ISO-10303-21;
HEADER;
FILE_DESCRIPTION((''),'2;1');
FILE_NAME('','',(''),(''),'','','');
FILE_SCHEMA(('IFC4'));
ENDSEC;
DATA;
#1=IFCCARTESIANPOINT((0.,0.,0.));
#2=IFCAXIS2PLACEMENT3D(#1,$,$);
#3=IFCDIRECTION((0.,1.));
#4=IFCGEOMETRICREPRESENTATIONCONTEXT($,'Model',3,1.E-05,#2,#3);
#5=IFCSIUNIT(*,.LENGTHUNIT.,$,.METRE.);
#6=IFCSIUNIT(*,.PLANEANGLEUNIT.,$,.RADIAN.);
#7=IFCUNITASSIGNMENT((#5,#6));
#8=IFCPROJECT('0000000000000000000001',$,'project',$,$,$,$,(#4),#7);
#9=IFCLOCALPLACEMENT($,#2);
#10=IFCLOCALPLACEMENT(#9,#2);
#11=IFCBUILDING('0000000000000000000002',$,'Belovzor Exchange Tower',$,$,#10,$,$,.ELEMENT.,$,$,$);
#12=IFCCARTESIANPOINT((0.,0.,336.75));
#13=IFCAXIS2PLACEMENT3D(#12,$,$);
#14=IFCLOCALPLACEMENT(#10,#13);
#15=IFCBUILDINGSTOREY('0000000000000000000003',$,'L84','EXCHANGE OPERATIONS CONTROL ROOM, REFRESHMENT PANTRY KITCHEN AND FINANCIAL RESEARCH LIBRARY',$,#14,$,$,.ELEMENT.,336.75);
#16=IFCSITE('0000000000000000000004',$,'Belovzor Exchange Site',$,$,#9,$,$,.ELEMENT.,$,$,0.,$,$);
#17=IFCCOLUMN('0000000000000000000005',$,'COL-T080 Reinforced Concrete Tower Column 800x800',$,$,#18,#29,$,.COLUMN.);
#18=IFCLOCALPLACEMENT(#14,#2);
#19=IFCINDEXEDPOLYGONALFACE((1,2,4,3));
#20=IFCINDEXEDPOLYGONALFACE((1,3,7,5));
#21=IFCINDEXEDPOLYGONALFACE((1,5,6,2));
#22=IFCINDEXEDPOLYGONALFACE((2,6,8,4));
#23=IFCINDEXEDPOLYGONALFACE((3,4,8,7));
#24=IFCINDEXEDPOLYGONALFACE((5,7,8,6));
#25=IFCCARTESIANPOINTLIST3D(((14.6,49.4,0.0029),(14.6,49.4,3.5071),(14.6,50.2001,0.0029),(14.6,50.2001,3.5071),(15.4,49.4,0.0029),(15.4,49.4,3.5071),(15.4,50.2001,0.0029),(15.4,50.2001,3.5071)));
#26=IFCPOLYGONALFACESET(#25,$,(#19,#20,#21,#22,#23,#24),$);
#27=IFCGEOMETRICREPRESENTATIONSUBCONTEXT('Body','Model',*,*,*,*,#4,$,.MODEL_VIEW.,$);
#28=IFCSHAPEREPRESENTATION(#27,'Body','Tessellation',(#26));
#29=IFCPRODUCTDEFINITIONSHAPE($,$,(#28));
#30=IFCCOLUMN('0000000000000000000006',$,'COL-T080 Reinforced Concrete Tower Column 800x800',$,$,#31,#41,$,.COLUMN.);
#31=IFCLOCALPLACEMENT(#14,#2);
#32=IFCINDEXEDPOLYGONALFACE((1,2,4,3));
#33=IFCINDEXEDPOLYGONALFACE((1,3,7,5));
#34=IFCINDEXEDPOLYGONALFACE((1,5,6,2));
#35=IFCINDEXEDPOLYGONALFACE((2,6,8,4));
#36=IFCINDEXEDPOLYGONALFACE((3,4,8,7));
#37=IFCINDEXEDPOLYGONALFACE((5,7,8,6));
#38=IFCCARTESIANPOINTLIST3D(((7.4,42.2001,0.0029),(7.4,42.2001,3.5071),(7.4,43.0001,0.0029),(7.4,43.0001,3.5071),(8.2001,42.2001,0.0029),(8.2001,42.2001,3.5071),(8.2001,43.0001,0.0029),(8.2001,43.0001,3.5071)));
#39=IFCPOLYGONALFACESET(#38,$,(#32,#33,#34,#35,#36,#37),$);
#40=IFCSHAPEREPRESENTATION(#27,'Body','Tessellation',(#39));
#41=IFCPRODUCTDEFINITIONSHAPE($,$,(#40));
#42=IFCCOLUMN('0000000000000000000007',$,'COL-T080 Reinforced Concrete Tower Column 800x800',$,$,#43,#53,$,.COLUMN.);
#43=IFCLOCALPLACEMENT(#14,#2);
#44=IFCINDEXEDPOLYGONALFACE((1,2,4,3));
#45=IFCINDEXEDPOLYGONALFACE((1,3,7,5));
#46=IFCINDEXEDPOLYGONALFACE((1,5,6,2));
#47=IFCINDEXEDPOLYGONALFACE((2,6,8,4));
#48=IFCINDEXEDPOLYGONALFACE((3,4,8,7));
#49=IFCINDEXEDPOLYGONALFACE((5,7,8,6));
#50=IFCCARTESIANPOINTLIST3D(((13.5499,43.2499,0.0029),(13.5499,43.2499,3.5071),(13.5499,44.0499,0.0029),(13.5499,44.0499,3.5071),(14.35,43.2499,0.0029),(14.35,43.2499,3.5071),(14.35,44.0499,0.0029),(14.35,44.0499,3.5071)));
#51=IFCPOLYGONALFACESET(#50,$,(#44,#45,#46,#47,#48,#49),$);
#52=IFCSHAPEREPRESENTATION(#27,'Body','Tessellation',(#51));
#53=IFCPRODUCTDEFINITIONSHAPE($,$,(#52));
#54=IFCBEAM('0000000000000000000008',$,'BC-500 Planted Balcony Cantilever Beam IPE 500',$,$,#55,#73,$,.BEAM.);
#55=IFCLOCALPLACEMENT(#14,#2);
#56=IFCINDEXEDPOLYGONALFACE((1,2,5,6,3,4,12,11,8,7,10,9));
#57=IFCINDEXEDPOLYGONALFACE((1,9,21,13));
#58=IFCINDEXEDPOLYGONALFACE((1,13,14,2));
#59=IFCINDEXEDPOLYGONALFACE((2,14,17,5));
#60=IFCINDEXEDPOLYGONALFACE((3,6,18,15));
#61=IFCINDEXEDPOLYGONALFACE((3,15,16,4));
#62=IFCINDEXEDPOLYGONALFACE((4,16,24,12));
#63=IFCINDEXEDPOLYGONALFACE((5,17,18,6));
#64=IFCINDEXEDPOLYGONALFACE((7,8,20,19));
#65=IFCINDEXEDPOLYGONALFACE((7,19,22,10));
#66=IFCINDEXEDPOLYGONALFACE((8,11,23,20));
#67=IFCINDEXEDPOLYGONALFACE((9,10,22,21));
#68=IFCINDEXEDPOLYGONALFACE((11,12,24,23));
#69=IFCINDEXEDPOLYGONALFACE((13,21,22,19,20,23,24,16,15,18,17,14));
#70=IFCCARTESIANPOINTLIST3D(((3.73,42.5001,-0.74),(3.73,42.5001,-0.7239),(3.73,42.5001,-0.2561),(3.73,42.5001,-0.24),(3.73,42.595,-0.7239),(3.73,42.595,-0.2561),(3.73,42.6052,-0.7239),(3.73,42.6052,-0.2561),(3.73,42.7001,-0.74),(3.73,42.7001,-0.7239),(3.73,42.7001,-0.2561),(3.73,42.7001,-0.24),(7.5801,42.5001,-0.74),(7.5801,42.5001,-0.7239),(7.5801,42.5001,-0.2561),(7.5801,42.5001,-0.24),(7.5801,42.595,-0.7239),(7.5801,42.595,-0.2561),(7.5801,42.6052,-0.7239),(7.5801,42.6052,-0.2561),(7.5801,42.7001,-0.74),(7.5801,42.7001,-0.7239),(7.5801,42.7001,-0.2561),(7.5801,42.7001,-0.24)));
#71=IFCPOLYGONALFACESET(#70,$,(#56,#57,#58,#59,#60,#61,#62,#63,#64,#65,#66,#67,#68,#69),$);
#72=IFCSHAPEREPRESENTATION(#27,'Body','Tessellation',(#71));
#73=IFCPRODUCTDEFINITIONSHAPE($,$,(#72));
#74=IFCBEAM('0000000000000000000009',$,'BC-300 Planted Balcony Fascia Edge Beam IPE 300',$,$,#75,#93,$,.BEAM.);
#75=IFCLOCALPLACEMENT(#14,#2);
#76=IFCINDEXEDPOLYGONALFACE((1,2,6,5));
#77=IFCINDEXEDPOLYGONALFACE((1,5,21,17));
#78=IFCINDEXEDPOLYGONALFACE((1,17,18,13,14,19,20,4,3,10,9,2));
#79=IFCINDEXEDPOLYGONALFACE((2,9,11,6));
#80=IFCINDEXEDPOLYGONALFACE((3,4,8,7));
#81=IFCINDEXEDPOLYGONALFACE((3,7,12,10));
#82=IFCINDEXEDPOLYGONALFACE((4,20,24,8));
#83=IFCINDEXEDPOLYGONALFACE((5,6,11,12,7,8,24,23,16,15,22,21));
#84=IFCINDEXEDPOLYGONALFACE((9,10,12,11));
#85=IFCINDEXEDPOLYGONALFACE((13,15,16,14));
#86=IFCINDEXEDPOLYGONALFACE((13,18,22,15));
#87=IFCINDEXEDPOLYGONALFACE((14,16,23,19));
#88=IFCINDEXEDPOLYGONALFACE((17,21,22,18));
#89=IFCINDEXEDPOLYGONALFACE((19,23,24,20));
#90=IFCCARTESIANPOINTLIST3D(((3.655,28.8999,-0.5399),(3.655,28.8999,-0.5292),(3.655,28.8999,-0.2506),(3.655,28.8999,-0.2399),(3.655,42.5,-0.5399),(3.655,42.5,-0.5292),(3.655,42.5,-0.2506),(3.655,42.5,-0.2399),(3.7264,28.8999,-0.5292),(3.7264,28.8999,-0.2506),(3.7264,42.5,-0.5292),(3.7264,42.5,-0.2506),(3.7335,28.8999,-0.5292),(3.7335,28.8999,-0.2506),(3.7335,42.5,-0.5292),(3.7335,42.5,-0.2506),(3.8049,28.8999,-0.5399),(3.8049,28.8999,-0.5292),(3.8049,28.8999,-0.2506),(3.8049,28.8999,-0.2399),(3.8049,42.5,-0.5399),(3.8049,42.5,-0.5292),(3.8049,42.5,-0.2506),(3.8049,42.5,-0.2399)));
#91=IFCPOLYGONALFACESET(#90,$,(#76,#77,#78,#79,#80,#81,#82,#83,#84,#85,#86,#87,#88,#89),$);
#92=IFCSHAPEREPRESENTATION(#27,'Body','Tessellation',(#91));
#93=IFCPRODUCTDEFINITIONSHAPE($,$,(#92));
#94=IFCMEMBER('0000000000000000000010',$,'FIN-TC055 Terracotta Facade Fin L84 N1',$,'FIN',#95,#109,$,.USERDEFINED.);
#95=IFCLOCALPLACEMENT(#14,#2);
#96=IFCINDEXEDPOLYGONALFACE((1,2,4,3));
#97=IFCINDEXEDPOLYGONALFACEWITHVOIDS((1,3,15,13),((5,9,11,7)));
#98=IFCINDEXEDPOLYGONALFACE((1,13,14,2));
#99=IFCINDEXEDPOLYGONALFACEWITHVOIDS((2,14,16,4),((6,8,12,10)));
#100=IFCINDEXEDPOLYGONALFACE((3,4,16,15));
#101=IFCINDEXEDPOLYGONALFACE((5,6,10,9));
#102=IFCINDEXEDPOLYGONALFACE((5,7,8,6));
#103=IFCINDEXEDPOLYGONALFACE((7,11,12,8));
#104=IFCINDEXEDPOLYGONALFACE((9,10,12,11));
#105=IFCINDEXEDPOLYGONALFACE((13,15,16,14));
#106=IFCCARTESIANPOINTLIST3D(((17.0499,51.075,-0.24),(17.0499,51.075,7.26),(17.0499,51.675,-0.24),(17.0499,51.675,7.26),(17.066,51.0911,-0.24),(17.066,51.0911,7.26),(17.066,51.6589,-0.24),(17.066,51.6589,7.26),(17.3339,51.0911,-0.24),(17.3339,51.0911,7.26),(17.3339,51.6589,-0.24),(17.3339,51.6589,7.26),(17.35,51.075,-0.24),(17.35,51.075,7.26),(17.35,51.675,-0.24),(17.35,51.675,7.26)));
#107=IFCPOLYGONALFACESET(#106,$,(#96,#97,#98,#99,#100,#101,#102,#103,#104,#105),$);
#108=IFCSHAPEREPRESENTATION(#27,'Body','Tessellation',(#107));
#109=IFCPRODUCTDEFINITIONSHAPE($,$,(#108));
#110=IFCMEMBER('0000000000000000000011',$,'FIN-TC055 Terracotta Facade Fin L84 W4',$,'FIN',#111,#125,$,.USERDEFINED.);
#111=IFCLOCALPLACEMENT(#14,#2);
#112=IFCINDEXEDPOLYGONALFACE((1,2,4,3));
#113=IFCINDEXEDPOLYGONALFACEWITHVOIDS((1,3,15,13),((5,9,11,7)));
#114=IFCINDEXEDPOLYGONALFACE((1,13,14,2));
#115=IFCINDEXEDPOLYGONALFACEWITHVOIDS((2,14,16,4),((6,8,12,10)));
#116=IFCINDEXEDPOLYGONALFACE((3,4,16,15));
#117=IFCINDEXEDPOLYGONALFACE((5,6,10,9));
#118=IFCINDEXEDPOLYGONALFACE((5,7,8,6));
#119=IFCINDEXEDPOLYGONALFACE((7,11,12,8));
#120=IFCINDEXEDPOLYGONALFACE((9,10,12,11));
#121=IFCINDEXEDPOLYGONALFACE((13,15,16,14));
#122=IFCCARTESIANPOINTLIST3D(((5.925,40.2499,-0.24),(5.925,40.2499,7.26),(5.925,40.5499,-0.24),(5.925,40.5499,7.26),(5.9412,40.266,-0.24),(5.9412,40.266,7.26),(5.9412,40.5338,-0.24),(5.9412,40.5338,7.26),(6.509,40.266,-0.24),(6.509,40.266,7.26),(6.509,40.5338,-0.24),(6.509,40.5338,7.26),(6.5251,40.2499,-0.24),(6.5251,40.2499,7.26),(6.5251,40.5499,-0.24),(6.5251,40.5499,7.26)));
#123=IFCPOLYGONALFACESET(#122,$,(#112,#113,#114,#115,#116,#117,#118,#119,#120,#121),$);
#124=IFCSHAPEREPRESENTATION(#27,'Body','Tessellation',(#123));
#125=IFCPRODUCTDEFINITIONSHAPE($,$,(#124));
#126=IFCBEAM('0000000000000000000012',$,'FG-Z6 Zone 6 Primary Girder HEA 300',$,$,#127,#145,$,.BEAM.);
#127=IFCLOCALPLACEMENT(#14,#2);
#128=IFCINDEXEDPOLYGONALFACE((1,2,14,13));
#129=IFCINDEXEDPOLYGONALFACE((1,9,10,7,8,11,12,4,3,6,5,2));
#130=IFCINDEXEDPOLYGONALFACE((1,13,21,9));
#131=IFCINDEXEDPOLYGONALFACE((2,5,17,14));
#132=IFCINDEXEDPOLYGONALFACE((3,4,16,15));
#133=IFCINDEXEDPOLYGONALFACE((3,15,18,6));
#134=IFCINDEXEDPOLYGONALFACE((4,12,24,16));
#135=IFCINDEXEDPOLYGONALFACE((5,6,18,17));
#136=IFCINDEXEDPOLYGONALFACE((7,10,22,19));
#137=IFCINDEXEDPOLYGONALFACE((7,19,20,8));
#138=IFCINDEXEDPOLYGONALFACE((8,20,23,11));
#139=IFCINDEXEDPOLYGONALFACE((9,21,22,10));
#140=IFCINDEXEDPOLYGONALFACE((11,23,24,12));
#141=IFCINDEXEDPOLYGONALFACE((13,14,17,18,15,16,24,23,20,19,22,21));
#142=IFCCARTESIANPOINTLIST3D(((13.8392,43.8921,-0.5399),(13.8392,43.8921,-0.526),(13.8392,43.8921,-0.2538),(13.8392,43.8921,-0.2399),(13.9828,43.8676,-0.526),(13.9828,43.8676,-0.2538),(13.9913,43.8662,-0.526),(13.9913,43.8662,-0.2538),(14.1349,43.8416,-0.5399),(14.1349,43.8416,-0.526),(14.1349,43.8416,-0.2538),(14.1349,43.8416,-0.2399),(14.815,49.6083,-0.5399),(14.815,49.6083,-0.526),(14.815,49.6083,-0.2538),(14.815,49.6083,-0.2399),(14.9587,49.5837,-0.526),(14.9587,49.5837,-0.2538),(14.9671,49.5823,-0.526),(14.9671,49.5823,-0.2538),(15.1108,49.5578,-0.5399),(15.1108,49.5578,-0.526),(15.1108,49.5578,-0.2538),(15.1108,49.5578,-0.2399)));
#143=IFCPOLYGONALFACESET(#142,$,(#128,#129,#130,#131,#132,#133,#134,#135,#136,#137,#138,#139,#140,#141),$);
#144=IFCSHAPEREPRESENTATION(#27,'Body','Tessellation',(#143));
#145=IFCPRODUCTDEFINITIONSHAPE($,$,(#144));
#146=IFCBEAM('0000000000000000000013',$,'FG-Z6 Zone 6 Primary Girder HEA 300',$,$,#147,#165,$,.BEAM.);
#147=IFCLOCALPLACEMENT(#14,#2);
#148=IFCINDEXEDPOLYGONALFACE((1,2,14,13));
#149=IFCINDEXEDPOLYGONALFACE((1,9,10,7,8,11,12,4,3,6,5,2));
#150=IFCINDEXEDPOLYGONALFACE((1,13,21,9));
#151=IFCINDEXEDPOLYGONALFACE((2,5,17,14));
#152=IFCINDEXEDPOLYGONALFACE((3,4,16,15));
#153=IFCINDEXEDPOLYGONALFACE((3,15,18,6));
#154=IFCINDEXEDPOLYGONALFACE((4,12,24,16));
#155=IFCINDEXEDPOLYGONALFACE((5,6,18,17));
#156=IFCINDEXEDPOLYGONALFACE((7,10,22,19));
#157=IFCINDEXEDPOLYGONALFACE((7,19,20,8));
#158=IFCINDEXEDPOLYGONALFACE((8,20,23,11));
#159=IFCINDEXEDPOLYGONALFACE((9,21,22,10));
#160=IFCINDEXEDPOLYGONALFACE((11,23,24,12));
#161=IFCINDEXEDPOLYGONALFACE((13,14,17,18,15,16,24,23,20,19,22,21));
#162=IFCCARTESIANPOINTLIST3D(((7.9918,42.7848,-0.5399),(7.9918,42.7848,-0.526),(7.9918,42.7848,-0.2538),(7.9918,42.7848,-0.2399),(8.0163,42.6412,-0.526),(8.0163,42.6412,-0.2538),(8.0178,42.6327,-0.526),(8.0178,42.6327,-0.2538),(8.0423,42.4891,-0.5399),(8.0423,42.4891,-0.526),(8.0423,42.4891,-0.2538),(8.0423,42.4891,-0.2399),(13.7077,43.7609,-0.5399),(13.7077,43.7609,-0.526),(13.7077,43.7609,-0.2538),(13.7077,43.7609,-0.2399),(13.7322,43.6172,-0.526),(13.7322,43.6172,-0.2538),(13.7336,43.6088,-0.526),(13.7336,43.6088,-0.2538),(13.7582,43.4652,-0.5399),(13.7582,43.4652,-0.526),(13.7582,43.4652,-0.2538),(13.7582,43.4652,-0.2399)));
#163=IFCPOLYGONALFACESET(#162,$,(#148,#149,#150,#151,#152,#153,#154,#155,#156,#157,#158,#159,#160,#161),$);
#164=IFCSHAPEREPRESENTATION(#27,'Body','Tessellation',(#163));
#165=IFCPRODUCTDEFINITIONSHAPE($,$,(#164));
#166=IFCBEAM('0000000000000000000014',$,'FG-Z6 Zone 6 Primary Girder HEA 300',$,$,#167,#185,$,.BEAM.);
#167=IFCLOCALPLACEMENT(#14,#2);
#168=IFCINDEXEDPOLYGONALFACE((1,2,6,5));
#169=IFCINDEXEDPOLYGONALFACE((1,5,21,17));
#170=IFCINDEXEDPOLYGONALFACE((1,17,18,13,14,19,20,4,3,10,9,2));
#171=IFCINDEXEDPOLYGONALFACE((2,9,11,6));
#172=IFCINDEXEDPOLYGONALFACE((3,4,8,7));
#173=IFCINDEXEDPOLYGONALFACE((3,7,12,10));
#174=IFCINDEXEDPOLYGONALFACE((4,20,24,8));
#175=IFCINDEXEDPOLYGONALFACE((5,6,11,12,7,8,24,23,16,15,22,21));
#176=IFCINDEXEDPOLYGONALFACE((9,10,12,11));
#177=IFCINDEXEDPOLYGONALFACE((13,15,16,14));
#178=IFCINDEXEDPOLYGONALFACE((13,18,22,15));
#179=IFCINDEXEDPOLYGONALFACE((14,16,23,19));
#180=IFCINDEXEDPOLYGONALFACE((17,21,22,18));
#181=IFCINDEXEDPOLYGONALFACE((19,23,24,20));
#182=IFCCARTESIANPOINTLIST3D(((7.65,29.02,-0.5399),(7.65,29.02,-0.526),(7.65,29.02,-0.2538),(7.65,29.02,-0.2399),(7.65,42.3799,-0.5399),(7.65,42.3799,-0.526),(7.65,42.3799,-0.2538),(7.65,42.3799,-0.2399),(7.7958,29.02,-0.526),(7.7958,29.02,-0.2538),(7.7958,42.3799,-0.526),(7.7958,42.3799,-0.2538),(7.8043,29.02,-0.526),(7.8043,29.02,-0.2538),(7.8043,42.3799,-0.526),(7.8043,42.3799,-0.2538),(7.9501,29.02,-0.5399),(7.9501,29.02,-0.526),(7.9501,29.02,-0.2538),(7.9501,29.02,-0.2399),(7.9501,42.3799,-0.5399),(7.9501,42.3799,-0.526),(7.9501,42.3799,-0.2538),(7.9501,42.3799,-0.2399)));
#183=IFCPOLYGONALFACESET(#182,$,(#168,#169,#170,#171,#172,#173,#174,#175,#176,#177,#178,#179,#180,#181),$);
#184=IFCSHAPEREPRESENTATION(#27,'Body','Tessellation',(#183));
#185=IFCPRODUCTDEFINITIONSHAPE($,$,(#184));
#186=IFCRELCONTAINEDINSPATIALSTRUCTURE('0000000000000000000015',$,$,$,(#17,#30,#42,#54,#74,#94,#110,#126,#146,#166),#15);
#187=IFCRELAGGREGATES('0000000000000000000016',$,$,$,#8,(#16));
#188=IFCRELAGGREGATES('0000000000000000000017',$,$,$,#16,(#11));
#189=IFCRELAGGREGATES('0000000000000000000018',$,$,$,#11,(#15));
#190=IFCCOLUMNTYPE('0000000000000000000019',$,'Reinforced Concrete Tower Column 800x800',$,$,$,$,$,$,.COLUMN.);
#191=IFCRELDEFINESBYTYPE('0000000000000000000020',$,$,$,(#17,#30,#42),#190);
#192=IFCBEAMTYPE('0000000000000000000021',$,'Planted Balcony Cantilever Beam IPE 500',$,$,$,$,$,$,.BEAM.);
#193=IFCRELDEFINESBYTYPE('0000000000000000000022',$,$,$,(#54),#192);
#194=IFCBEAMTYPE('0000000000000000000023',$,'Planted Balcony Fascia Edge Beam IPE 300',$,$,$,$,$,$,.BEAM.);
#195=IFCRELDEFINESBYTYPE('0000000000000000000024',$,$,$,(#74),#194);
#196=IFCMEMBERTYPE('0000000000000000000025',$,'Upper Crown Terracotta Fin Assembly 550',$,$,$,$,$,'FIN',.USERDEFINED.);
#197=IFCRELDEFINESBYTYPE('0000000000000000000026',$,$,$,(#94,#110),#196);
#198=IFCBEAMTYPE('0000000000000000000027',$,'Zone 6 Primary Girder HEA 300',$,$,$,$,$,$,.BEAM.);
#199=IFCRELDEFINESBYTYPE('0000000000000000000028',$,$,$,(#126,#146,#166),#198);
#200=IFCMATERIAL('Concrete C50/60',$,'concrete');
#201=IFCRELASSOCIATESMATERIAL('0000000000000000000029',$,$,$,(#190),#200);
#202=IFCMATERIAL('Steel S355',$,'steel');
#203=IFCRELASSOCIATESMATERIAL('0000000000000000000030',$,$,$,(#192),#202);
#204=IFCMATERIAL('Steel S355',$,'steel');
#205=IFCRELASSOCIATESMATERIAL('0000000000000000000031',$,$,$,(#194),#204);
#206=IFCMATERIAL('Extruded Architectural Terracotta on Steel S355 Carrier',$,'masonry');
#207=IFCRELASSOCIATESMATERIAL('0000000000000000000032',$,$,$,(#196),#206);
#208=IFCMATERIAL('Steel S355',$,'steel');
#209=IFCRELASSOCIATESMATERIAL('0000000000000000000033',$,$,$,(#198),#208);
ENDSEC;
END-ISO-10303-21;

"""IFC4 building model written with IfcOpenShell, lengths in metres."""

from ifc_helpers import new_model, si_unit, direction, frame, origin, origin_2d, place, context, subcontext, project, spatial, rectangle, hollow_rectangle, i_section, extrude, material, material_profile, profile_set, type_object, element, save


model = new_model("IFC4")

# Units and contexts
model_context = context("Model", 3, precision=1e-05, world=origin(), true_north=direction((0.0, 1.0)))
body_context = subcontext(model_context, "Body", "Model", "MODEL_VIEW")
ifc_project = project(units=[si_unit("LENGTHUNIT", "METRE"), si_unit("PLANEANGLEUNIT", "RADIAN")], contexts=[model_context])

# Site, building, storey
site_placement = place(None, origin())
site = spatial("IfcSite", under=ifc_project, at=site_placement, Name="Belovzor Exchange Site", CompositionType="ELEMENT", RefElevation=0.0)
building_placement = place(site_placement, origin())
building = spatial("IfcBuilding", under=site, at=building_placement, Name="Belovzor Exchange Tower", CompositionType="ELEMENT")
storey_placement = place(building_placement, frame((0.0, 0.0, 336.75)))
storey = spatial("IfcBuildingStorey", under=building, at=storey_placement, Name="L84", Description="EXCHANGE OPERATIONS CONTROL ROOM, REFRESHMENT PANTRY KITCHEN AND FINANCIAL RESEARCH LIBRARY", CompositionType="ELEMENT", Elevation=336.75)

# Columns
ifc_material_1 = material(Name="Concrete C50/60", Category="concrete")
ifc_material_profile_1 = material_profile(ifc_material_1, rectangle(XDim=0.8, YDim=0.8, at=origin_2d()))
ifc_profile_set_1 = profile_set([ifc_material_profile_1], Name="Concrete C50/60")
column_type = type_object("IfcColumnType", Name="Reinforced Concrete Tower Column 800x800", PredefinedType="COLUMN", material=ifc_profile_set_1)
for number, where, z_axis, x_axis, name in (
    (1, (15.0, 49.8, 0.0029), (0.0, 0.0, 1.0), (1.0, 0.0, 0.0), "COL-T080 Reinforced Concrete Tower Column 800x800"),
    (2, (7.8, 42.6001, 0.0029), (0.0, 0.0, 1.0), (1.0, 0.0, 0.0), "COL-T080 Reinforced Concrete Tower Column 800x800"),
    (3, (13.95, 43.6499, 0.0029), (0.0, 0.0, 1.0), (1.0, 0.0, 0.0), "COL-T080 Reinforced Concrete Tower Column 800x800"),
):
    element("IfcColumn", number, at=place(storey_placement, frame(where, z_axis=z_axis, x_axis=x_axis)), inside=storey, type_object=column_type, Name=name, PredefinedType="COLUMN", context=body_context, shape_type="SweptSolid", body=[
        extrude(rectangle(XDim=0.8, YDim=0.8, at=origin_2d()), origin(), (0.0, 0.0, 1.0), 3.5042),
    ])

# Beams
ifc_material_2 = material(Name="Steel S355", Category="steel")
ifc_material_profile_2 = material_profile(ifc_material_2, i_section(OverallWidth=0.2, OverallDepth=0.5, WebThickness=0.0103, FlangeThickness=0.0161, at=origin_2d()))
ifc_profile_set_2 = profile_set([ifc_material_profile_2], Name="Steel S355")
beam_type_1 = type_object("IfcBeamType", Name="Planted Balcony Cantilever Beam IPE 500", PredefinedType="BEAM", material=ifc_profile_set_2)
beam_1_placement = place(storey_placement, frame((7.5801, 42.6001, -0.49), z_axis=(-1.0, 0.0, 0.0), x_axis=(0.0, -1.0, 0.0)))
element("IfcBeam", 4, at=beam_1_placement, inside=storey, type_object=beam_type_1, Name="BC-500 Planted Balcony Cantilever Beam IPE 500", PredefinedType="BEAM", context=body_context, shape_type="SweptSolid", body=[
    extrude(i_section(OverallWidth=0.2, OverallDepth=0.5, WebThickness=0.0103, FlangeThickness=0.0161, at=origin_2d()), origin(), (0.0, 0.0, 1.0), 3.8501),
])
ifc_material_3 = material(Name="Steel S355", Category="steel")
ifc_material_profile_3 = material_profile(ifc_material_3, i_section(OverallWidth=0.1499, OverallDepth=0.3, WebThickness=0.0071, FlangeThickness=0.0107, at=origin_2d()))
ifc_profile_set_3 = profile_set([ifc_material_profile_3], Name="Steel S355")
beam_type_2 = type_object("IfcBeamType", Name="Planted Balcony Fascia Edge Beam IPE 300", PredefinedType="BEAM", material=ifc_profile_set_3)
beam_2_placement = place(storey_placement, frame((3.73, 42.5, -0.3899), z_axis=(0.0, -1.0, 0.0), x_axis=(1.0, 0.0, 0.0)))
element("IfcBeam", 5, at=beam_2_placement, inside=storey, type_object=beam_type_2, Name="BC-300 Planted Balcony Fascia Edge Beam IPE 300", PredefinedType="BEAM", context=body_context, shape_type="SweptSolid", body=[
    extrude(i_section(OverallWidth=0.1499, OverallDepth=0.3, WebThickness=0.0071, FlangeThickness=0.0107, at=origin_2d()), origin(), (0.0, 0.0, 1.0), 13.6001),
])

# Members
ifc_material_4 = material(Name="Extruded Architectural Terracotta on Steel S355 Carrier", Category="masonry")
ifc_material_profile_4 = material_profile(ifc_material_4, hollow_rectangle(XDim=0.3, YDim=0.6001, WallThickness=0.0161, at=origin_2d()))
ifc_profile_set_4 = profile_set([ifc_material_profile_4], Name="Extruded Architectural Terracotta on Steel S355 Carrier")
member_type = type_object("IfcMemberType", Name="Upper Crown Terracotta Fin Assembly 550", ElementType="FIN", PredefinedType="USERDEFINED", material=ifc_profile_set_4)
for number, where, z_axis, x_axis, name in (
    (6, (17.2, 51.375, -0.24), (0.0, 0.0, 1.0), (1.0, 0.0, 0.0), "FIN-TC055 Terracotta Facade Fin L84 N1"),
    (7, (6.2251, 40.3999, -0.24), (0.0, 0.0, 1.0), (0.0, 1.0, 0.0), "FIN-TC055 Terracotta Facade Fin L84 W4"),
):
    element("IfcMember", number, at=place(storey_placement, frame(where, z_axis=z_axis, x_axis=x_axis)), inside=storey, type_object=member_type, Name=name, ObjectType="FIN", PredefinedType="USERDEFINED", context=body_context, shape_type="SweptSolid", body=[
        extrude(hollow_rectangle(XDim=0.3, YDim=0.6001, WallThickness=0.0161, at=origin_2d()), origin(), (0.0, 0.0, 1.0), 7.5),
    ])

# Beams
ifc_material_5 = material(Name="Steel S355", Category="steel")
ifc_material_profile_5 = material_profile(ifc_material_5, i_section(OverallWidth=0.3, OverallDepth=0.3, WebThickness=0.0085, FlangeThickness=0.0139, at=origin_2d()))
ifc_profile_set_5 = profile_set([ifc_material_profile_5], Name="Steel S355")
beam_type_3 = type_object("IfcBeamType", Name="Zone 6 Primary Girder HEA 300", PredefinedType="BEAM", material=ifc_profile_set_5)
beam_3_placement = place(storey_placement, frame((14.9629, 49.583, -0.3899), z_axis=(-0.168282, -0.985739, 0.0), x_axis=(0.985739, -0.168282, 0.0)))
element("IfcBeam", 8, at=beam_3_placement, inside=storey, type_object=beam_type_3, Name="FG-Z6 Zone 6 Primary Girder HEA 300", PredefinedType="BEAM", context=body_context, shape_type="SweptSolid", body=[
    extrude(i_section(OverallWidth=0.3, OverallDepth=0.3, WebThickness=0.0085, FlangeThickness=0.0139, at=origin_2d()), origin(), (0.0, 0.0, 1.0), 5.7988),
])
beam_4_placement = place(storey_placement, frame((13.7329, 43.613, -0.3899), z_axis=(-0.985731, -0.16833, 0.0), x_axis=(0.16833, -0.985731, 0.0)))
element("IfcBeam", 9, at=beam_4_placement, inside=storey, type_object=beam_type_3, Name="FG-Z6 Zone 6 Primary Girder HEA 300", PredefinedType="BEAM", context=body_context, shape_type="SweptSolid", body=[
    extrude(i_section(OverallWidth=0.3, OverallDepth=0.3, WebThickness=0.0085, FlangeThickness=0.0139, at=origin_2d()), origin(), (0.0, 0.0, 1.0), 5.7986),
])
beam_5_placement = place(storey_placement, frame((7.8, 42.3799, -0.3899), z_axis=(0.0, -1.0, 0.0), x_axis=(1.0, 0.0, 0.0)))
element("IfcBeam", 10, at=beam_5_placement, inside=storey, type_object=beam_type_3, Name="FG-Z6 Zone 6 Primary Girder HEA 300", PredefinedType="BEAM", context=body_context, shape_type="SweptSolid", body=[
    extrude(i_section(OverallWidth=0.3, OverallDepth=0.3, WebThickness=0.0085, FlangeThickness=0.0139, at=origin_2d()), origin(), (0.0, 0.0, 1.0), 13.3599),
])

save(model, "model.ifc")
